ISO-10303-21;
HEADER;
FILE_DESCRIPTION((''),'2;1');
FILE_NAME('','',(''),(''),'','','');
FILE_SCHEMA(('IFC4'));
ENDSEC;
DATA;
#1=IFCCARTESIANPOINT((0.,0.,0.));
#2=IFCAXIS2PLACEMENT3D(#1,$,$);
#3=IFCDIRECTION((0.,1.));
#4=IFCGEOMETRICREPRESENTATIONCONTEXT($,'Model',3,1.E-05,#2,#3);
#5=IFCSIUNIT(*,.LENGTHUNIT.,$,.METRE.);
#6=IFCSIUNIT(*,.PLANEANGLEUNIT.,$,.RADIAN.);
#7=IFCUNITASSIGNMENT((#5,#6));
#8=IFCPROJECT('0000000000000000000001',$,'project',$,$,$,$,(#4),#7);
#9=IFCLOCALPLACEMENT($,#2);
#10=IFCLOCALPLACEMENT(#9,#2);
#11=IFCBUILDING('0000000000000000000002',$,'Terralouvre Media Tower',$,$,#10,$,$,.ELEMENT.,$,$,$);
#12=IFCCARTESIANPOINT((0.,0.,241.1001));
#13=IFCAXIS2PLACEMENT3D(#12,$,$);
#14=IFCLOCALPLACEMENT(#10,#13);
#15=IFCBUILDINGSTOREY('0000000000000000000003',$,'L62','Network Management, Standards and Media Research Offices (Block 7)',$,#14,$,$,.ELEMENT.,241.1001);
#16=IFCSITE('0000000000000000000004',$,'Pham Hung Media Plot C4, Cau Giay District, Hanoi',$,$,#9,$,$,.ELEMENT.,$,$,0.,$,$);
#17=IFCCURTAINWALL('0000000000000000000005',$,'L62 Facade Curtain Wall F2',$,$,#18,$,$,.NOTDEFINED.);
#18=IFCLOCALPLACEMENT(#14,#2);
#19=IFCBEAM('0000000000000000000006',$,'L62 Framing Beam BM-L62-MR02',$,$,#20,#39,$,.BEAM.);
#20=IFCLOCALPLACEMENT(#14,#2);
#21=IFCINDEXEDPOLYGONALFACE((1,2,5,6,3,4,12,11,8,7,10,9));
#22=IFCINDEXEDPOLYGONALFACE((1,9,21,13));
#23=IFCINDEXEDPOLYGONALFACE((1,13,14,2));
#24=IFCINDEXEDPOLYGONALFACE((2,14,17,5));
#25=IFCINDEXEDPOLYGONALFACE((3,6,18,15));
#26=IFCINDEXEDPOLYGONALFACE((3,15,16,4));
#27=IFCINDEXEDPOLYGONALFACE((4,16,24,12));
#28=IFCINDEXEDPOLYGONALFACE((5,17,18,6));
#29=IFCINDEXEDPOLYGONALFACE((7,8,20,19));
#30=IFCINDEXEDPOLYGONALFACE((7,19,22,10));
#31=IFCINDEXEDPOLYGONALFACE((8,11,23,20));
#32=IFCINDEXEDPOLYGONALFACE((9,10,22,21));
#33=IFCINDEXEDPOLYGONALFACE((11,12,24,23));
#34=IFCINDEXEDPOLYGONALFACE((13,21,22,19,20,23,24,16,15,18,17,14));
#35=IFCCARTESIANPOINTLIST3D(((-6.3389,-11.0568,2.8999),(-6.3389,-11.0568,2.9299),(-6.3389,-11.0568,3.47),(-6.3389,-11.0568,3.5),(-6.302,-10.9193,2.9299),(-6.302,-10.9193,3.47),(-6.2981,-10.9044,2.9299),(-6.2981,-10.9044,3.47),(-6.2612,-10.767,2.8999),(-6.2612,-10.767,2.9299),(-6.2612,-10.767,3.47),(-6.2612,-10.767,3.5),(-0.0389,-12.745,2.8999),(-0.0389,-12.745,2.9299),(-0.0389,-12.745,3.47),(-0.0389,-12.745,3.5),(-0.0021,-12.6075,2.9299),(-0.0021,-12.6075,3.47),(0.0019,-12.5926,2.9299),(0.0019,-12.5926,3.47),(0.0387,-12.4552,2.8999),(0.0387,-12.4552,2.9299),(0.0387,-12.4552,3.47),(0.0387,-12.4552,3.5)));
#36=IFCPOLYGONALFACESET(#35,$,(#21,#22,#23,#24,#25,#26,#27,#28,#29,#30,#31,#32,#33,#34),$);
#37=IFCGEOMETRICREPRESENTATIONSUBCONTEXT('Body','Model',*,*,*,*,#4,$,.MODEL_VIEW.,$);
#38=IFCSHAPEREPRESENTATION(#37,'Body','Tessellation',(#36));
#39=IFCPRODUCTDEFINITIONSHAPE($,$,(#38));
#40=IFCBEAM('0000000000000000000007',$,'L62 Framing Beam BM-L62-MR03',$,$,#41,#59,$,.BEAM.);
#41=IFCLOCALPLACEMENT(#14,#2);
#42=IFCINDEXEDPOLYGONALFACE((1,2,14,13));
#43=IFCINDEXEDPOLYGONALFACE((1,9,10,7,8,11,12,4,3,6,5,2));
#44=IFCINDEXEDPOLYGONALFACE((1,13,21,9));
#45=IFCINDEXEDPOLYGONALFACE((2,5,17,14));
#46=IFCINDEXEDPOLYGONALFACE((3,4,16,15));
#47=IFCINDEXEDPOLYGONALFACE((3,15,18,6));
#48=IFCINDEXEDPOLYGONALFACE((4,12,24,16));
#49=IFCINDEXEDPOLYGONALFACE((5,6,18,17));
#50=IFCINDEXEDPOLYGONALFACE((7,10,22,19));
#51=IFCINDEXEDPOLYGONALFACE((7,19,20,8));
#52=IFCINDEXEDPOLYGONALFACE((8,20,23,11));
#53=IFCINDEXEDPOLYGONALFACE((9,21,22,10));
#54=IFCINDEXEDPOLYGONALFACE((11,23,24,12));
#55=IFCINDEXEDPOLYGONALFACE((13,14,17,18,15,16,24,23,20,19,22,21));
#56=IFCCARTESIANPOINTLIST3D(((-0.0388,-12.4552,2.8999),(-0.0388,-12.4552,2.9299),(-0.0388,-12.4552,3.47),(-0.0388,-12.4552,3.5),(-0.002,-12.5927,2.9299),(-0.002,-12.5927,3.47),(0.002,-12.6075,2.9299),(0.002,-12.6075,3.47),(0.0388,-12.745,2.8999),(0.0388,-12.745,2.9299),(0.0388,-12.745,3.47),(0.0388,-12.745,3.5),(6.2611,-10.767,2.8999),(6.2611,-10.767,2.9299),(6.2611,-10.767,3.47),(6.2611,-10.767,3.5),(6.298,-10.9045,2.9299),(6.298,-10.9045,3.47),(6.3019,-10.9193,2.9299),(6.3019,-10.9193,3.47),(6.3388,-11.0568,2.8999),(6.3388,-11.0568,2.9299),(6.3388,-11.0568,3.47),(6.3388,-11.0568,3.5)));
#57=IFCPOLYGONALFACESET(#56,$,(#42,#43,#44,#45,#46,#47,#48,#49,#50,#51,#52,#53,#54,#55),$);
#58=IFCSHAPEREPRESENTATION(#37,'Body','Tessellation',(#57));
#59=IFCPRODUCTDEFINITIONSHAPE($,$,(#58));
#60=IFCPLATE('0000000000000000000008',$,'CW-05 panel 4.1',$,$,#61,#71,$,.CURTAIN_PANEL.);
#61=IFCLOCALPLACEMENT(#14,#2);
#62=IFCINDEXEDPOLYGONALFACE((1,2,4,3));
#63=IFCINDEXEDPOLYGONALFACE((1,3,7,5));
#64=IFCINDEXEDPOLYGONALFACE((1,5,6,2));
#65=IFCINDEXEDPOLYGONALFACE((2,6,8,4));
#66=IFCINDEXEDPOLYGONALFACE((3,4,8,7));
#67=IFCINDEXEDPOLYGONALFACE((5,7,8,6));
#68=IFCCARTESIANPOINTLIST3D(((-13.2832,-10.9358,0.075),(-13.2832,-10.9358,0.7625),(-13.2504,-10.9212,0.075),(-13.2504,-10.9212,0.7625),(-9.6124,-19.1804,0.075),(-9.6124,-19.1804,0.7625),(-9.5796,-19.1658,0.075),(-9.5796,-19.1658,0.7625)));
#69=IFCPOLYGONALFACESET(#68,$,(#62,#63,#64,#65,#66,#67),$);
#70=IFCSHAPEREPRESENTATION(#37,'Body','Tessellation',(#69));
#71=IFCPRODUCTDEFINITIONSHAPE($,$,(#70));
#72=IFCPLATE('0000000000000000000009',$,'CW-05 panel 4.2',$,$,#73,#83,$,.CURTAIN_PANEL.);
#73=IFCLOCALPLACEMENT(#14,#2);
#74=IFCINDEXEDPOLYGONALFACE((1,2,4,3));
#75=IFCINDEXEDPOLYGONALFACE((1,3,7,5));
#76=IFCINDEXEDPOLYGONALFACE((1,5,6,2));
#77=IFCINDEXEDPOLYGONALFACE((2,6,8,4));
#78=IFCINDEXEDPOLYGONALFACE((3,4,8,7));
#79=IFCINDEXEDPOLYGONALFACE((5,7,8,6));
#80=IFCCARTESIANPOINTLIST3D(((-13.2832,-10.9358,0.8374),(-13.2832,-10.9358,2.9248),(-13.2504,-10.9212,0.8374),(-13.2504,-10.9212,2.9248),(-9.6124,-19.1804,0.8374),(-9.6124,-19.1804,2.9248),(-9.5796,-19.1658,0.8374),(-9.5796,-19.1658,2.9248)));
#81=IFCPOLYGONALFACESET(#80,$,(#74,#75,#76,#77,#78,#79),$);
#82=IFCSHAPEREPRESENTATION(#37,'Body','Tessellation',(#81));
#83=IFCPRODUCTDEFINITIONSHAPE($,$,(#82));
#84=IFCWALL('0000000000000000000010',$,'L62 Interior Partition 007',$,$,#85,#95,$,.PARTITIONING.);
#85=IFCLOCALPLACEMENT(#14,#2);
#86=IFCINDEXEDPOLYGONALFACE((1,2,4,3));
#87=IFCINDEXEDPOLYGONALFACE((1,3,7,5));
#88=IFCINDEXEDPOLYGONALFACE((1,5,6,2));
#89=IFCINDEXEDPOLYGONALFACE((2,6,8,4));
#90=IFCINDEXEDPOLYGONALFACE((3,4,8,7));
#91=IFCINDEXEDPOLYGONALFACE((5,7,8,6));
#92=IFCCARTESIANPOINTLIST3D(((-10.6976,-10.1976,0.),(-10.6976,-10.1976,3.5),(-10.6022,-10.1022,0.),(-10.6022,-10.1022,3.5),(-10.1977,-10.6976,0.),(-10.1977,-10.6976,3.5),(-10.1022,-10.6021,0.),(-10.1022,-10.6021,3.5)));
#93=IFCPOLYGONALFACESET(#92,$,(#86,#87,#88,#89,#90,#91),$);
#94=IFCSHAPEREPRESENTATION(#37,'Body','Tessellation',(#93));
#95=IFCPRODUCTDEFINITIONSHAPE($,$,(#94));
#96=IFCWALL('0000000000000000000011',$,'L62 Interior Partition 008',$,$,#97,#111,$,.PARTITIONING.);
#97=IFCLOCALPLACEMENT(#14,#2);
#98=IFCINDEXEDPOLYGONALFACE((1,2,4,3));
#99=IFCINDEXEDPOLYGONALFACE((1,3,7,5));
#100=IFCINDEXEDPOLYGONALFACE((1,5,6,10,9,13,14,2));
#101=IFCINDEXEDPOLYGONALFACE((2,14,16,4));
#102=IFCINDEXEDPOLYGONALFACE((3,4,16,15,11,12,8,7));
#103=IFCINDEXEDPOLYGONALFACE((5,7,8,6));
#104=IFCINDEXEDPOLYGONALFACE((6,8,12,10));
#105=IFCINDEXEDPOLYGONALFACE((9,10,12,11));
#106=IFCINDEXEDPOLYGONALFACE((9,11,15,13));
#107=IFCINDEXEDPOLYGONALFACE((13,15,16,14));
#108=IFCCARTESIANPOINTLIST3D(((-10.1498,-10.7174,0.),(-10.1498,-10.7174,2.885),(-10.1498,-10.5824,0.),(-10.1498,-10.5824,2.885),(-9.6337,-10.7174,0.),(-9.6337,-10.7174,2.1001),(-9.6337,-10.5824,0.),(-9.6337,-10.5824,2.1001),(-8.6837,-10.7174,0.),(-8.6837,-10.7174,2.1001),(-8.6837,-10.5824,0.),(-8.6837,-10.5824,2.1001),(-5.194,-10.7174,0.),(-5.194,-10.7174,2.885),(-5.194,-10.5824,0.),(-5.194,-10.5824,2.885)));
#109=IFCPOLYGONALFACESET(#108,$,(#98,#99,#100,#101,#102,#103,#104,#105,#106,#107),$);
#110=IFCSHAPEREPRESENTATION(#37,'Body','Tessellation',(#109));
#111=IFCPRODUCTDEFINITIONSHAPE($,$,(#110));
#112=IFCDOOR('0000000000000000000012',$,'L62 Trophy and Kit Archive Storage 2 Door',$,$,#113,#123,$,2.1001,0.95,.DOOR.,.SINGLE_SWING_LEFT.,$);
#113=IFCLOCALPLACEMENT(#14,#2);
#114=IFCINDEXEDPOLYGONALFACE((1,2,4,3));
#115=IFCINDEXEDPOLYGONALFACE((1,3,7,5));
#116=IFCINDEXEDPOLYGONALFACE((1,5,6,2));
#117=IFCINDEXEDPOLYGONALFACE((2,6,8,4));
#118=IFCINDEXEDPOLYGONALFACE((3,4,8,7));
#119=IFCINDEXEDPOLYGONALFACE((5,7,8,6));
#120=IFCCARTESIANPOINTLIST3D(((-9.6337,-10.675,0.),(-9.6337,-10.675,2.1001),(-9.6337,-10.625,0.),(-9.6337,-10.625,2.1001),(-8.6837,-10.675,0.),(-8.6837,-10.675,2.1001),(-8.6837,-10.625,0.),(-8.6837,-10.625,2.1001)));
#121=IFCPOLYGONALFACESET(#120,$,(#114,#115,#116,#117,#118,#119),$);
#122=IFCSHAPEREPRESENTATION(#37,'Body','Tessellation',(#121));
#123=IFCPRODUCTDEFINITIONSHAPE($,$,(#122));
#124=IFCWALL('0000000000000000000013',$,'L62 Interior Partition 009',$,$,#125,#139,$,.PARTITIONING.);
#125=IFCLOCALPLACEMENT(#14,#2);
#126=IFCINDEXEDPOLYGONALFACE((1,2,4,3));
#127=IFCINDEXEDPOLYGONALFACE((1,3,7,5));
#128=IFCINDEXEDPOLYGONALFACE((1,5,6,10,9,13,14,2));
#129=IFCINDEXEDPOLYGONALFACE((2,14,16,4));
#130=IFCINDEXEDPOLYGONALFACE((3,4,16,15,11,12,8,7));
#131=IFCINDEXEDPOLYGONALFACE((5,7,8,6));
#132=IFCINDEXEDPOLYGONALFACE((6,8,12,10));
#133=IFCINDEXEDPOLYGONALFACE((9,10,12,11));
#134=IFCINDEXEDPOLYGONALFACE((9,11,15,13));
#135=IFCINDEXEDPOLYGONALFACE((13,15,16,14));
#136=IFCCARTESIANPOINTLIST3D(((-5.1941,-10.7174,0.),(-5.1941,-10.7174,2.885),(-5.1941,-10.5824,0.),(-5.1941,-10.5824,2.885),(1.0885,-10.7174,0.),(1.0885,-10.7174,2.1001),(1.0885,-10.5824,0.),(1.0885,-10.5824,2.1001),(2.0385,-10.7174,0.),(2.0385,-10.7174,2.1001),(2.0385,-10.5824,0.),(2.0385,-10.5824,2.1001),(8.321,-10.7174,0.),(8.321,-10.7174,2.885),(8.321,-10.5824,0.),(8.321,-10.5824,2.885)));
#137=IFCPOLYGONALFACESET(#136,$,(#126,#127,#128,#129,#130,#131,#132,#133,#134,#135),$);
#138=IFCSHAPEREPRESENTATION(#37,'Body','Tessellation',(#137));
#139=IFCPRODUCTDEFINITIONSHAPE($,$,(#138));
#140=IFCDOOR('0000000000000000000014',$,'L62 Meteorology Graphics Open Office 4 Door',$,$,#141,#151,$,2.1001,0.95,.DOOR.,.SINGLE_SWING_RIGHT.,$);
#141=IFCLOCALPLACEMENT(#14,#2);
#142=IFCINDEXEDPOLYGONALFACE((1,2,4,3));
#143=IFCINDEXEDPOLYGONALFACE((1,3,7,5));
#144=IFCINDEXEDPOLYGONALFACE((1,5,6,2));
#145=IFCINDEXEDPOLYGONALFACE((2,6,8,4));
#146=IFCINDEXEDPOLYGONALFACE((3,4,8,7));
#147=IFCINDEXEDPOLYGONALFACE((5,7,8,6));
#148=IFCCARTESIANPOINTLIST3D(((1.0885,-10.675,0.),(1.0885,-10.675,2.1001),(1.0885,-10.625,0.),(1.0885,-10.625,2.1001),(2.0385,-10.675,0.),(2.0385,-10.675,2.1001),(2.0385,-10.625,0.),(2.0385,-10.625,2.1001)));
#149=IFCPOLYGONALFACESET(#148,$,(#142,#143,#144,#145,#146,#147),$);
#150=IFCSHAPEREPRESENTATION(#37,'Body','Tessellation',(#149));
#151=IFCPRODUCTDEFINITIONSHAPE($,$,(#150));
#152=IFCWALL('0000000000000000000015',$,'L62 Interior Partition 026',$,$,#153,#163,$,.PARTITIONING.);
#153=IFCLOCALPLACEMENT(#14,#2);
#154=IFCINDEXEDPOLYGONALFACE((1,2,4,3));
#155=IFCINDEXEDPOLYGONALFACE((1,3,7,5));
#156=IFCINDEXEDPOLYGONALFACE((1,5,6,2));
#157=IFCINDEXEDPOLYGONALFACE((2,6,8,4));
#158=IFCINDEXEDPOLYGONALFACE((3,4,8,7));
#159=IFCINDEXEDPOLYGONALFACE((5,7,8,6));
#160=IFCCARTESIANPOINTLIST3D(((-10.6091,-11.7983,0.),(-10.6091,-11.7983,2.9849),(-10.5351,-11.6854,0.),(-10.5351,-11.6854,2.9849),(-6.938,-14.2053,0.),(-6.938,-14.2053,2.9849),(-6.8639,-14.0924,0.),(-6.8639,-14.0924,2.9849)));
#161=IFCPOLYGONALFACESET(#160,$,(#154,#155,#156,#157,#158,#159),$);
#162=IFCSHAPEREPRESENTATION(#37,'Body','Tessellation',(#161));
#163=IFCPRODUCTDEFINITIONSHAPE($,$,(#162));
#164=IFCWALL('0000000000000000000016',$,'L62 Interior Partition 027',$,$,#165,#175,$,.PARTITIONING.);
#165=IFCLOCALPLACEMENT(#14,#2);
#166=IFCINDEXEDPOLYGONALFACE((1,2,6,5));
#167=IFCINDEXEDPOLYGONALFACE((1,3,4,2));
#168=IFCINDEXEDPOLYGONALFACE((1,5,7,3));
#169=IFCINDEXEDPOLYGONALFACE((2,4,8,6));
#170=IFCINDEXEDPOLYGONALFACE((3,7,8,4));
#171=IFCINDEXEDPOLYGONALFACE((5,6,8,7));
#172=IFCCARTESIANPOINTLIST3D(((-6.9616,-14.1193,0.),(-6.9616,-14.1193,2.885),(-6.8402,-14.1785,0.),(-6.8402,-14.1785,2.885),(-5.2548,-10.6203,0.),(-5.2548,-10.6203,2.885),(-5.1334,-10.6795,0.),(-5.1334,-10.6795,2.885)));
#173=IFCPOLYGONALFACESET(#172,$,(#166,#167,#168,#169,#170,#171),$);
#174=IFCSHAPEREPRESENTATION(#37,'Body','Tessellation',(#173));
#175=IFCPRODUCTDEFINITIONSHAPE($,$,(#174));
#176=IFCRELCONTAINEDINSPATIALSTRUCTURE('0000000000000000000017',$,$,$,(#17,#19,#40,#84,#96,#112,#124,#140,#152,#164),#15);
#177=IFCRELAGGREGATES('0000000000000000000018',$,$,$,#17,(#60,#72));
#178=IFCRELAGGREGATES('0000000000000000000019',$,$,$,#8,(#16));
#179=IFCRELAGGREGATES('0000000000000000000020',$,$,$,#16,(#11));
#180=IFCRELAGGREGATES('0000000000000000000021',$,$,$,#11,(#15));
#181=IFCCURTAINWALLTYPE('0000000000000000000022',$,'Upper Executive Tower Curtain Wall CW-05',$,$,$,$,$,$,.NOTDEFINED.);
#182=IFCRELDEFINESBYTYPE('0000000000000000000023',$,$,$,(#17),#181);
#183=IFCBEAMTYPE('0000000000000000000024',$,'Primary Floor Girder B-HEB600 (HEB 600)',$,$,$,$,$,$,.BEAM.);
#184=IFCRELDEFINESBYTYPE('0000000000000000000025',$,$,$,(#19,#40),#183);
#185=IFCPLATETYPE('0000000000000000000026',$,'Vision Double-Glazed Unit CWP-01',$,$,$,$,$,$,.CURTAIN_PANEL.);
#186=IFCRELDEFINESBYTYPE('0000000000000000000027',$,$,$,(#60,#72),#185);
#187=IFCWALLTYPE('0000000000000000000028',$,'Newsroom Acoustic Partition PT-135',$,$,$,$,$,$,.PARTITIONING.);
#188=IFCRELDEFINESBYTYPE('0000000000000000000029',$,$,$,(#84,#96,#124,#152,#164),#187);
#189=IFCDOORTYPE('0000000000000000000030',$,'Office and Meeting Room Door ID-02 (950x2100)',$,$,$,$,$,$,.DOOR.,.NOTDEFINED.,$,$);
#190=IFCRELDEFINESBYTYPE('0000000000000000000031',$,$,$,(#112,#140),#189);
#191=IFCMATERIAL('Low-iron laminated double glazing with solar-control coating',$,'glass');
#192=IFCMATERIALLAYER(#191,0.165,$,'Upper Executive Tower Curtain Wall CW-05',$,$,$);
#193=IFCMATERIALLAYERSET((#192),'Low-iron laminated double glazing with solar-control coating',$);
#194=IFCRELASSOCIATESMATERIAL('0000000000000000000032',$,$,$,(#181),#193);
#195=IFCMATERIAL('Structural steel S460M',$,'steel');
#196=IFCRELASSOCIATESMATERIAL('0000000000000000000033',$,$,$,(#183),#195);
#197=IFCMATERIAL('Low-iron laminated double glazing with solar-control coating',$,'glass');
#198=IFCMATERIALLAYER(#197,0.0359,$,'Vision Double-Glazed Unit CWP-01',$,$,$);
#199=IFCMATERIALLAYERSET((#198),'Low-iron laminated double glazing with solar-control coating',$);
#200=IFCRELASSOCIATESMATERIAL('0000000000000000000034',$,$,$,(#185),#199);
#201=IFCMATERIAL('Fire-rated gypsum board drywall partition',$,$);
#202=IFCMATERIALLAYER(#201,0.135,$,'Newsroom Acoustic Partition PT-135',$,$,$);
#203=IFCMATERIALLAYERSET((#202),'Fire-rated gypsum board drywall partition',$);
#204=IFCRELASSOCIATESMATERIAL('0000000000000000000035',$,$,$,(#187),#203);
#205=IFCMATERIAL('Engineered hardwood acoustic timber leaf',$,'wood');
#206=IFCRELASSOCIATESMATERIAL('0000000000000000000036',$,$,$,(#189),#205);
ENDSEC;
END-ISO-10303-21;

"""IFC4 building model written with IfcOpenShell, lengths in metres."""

from ifc_helpers import new_model, si_unit, direction, frame, frame_2d, origin, origin_2d, place, context, subcontext, project, spatial, rectangle, i_section, extrude, material, layer, layer_set, material_profile, profile_set, type_object, element, fill, aggregate, save


model = new_model("IFC4")

# Units and contexts
model_context = context("Model", 3, precision=1e-05, world=origin(), true_north=direction((0.0, 1.0)))
body_context = subcontext(model_context, "Body", "Model", "MODEL_VIEW")
ifc_project = project(units=[si_unit("LENGTHUNIT", "METRE"), si_unit("PLANEANGLEUNIT", "RADIAN")], contexts=[model_context])

# Site, building, storey
site_placement = place(None, origin())
site = spatial("IfcSite", under=ifc_project, at=site_placement, Name="Pham Hung Media Plot C4, Cau Giay District, Hanoi", CompositionType="ELEMENT", RefElevation=0.0)
building_placement = place(site_placement, origin())
building = spatial("IfcBuilding", under=site, at=building_placement, Name="Terralouvre Media Tower", CompositionType="ELEMENT")
storey_placement = place(building_placement, frame((0.0, 0.0, 241.1001)))
storey = spatial("IfcBuildingStorey", under=building, at=storey_placement, Name="L62", Description="Network Management, Standards and Media Research Offices (Block 7)", CompositionType="ELEMENT", Elevation=241.1001)

# Curtain wall
ifc_material_1 = material(Name="Low-iron laminated double glazing with solar-control coating", Category="glass")
ifc_layer_1 = layer(ifc_material_1, 0.165, Name="Upper Executive Tower Curtain Wall CW-05")
ifc_layer_set_1 = layer_set([ifc_layer_1], Name="Low-iron laminated double glazing with solar-control coating")
curtain_wall_type = type_object("IfcCurtainWallType", Name="Upper Executive Tower Curtain Wall CW-05", PredefinedType="NOTDEFINED", material=ifc_layer_set_1)
curtain_wall_placement = place(storey_placement, origin())
curtain_wall = element("IfcCurtainWall", 1, at=curtain_wall_placement, inside=storey, type_object=curtain_wall_type, Name="L62 Facade Curtain Wall F2", PredefinedType="NOTDEFINED")

# Beams
ifc_material_2 = material(Name="Structural steel S460M", Category="steel")
ifc_material_profile_1 = material_profile(ifc_material_2, i_section(OverallWidth=0.3, OverallDepth=0.6001, WebThickness=0.0154, FlangeThickness=0.03, at=origin_2d()), Name="HEB 600")
ifc_profile_set_1 = profile_set([ifc_material_profile_1], Name="Structural steel S460M")
beam_type_1 = type_object("IfcBeamType", Name="Primary Floor Girder B-HEB600 (HEB 600)", PredefinedType="BEAM", material=ifc_profile_set_1)
for number, where, z_axis, x_axis, name in (
    (2, (-6.3, -10.9119, 3.2), (0.96592, -0.258839, 0.0), (0.258839, 0.96592, 0.0), "L62 Framing Beam BM-L62-MR02"),
    (3, (0.0, -12.6001, 3.2), (0.96592, 0.258839, 0.0), (-0.258839, 0.96592, 0.0), "L62 Framing Beam BM-L62-MR03"),
):
    element("IfcBeam", number, at=place(storey_placement, frame(where, z_axis=z_axis, x_axis=x_axis)), inside=storey, type_object=beam_type_1, Name=name, PredefinedType="BEAM", context=body_context, shape_type="SweptSolid", body=[
        extrude(i_section(OverallWidth=0.3, OverallDepth=0.6001, WebThickness=0.0154, FlangeThickness=0.03, at=origin_2d()), origin(), (0.0, 0.0, 1.0), 6.5222),
    ])

# Plates
ifc_material_3 = material(Name="Low-iron laminated double glazing with solar-control coating", Category="glass")
ifc_layer_2 = layer(ifc_material_3, 0.0359, Name="Vision Double-Glazed Unit CWP-01")
ifc_layer_set_2 = layer_set([ifc_layer_2], Name="Low-iron laminated double glazing with solar-control coating")
plate_type = type_object("IfcPlateType", Name="Vision Double-Glazed Unit CWP-01", PredefinedType="CURTAIN_PANEL", material=ifc_layer_set_2)
plate_1_placement = place(storey_placement, frame((-11.4314, -15.0508, 0.075), z_axis=(0.0, 0.0, 1.0), x_axis=(0.406737, -0.913545, 0.0)))
plate_1 = element("IfcPlate", 4, at=plate_1_placement, type_object=plate_type, Name="CW-05 panel 4.1", PredefinedType="CURTAIN_PANEL", context=body_context, shape_type="SweptSolid", body=[
    extrude(rectangle(XDim=9.0249, YDim=0.0359, at=origin_2d()), origin(), (0.0, 0.0, 1.0), 0.6875),
])
plate_2_placement = place(storey_placement, frame((-11.4314, -15.0508, 0.8374), z_axis=(0.0, 0.0, 1.0), x_axis=(0.406737, -0.913545, 0.0)))
plate_2 = element("IfcPlate", 5, at=plate_2_placement, type_object=plate_type, Name="CW-05 panel 4.2", PredefinedType="CURTAIN_PANEL", context=body_context, shape_type="SweptSolid", body=[
    extrude(rectangle(XDim=9.0249, YDim=0.0359, at=origin_2d()), origin(), (0.0, 0.0, 1.0), 2.0874),
])
aggregate(curtain_wall, [plate_1, plate_2])

# Wall
ifc_material_4 = material(Name="Fire-rated gypsum board drywall partition")
ifc_layer_3 = layer(ifc_material_4, 0.135, Name="Newsroom Acoustic Partition PT-135")
ifc_layer_set_3 = layer_set([ifc_layer_3], Name="Fire-rated gypsum board drywall partition")
wall_type = type_object("IfcWallType", Name="Newsroom Acoustic Partition PT-135", PredefinedType="PARTITIONING", material=ifc_layer_set_3)
wall_1_placement = place(storey_placement, frame((-10.6499, -10.1499, 0.0), z_axis=(0.0, 0.0, 1.0), x_axis=(0.707107, -0.707107, 0.0)))
element("IfcWall", 6, at=wall_1_placement, inside=storey, type_object=wall_type, Name="L62 Interior Partition 007", PredefinedType="PARTITIONING", context=body_context, shape_type="SweptSolid", body=[
    extrude(rectangle(XDim=0.707, YDim=0.135, at=frame_2d((0.3535, 0.0))), origin(), (0.0, 0.0, 1.0), 3.5),
])

# Walls, openings, doors
wall_2_placement = place(storey_placement, frame((-10.1499, -10.6499, 0.0), z_axis=(0.0, 0.0, 1.0), x_axis=(1.0, 0.0, 0.0)))
wall_2 = element("IfcWall", 7, at=wall_2_placement, inside=storey, type_object=wall_type, Name="L62 Interior Partition 008", PredefinedType="PARTITIONING", context=body_context, shape_type="SweptSolid", body=[
    extrude(rectangle(XDim=4.9558, YDim=0.135, at=frame_2d((2.478, 0.0))), origin(), (0.0, 0.0, 1.0), 2.885),
])
opening_1_placement = place(wall_2_placement, frame((0.5161, 0.0, 0.0)))
opening_1 = element("IfcOpeningElement", 8, at=opening_1_placement, cuts=wall_2, PredefinedType="OPENING", context=body_context, shape_type="SweptSolid", body=[
    extrude(rectangle(XDim=0.95, YDim=2.1001, at=frame_2d((0.4751, 1.05))), frame((0.0, 0.0774, 0.0), z_axis=(0.0, -1.0, 0.0), x_axis=(1.0, 0.0, 0.0)), (0.0, 0.0, 1.0), 0.155),
])
ifc_material_5 = material(Name="Engineered hardwood acoustic timber leaf", Category="wood")
door_type = type_object("IfcDoorType", Name="Office and Meeting Room Door ID-02 (950x2100)", OperationType="NOTDEFINED", PredefinedType="DOOR", material=ifc_material_5)
door_1_placement = place(opening_1_placement, origin())
door_1 = element("IfcDoor", 9, at=door_1_placement, inside=storey, type_object=door_type, Name="L62 Trophy and Kit Archive Storage 2 Door", OperationType="SINGLE_SWING_LEFT", OverallHeight=2.1001, OverallWidth=0.95, PredefinedType="DOOR", context=body_context, shape_type="SweptSolid", body=[
    extrude(rectangle(XDim=0.95, YDim=2.1001, at=frame_2d((0.4751, 1.05))), frame((0.0, 0.0249, 0.0), z_axis=(0.0, -1.0, 0.0), x_axis=(1.0, 0.0, 0.0)), (0.0, 0.0, 1.0), 0.05),
])
fill(opening_1, door_1)
wall_3_placement = place(storey_placement, frame((-5.1941, -10.6499, 0.0), z_axis=(0.0, 0.0, 1.0), x_axis=(1.0, 0.0, 0.0)))
wall_3 = element("IfcWall", 10, at=wall_3_placement, inside=storey, type_object=wall_type, Name="L62 Interior Partition 009", PredefinedType="PARTITIONING", context=body_context, shape_type="SweptSolid", body=[
    extrude(rectangle(XDim=13.5151, YDim=0.135, at=frame_2d((6.7576, 0.0))), origin(), (0.0, 0.0, 1.0), 2.885),
])
opening_2_placement = place(wall_3_placement, frame((6.2825, 0.0, 0.0)))
opening_2 = element("IfcOpeningElement", 11, at=opening_2_placement, cuts=wall_3, PredefinedType="OPENING", context=body_context, shape_type="SweptSolid", body=[
    extrude(rectangle(XDim=0.95, YDim=2.1001, at=frame_2d((0.4751, 1.05))), frame((0.0, 0.0774, 0.0), z_axis=(0.0, -1.0, 0.0), x_axis=(1.0, 0.0, 0.0)), (0.0, 0.0, 1.0), 0.155),
])
door_2_placement = place(opening_2_placement, origin())
door_2 = element("IfcDoor", 12, at=door_2_placement, inside=storey, type_object=door_type, Name="L62 Meteorology Graphics Open Office 4 Door", OperationType="SINGLE_SWING_RIGHT", OverallHeight=2.1001, OverallWidth=0.95, PredefinedType="DOOR", context=body_context, shape_type="SweptSolid", body=[
    extrude(rectangle(XDim=0.95, YDim=2.1001, at=frame_2d((0.4751, 1.05))), frame((0.0, 0.0249, 0.0), z_axis=(0.0, -1.0, 0.0), x_axis=(1.0, 0.0, 0.0)), (0.0, 0.0, 1.0), 0.05),
])
fill(opening_2, door_2)

# Walls
wall_4_placement = place(storey_placement, frame((-10.572, -11.7419, 0.0), z_axis=(0.0, 0.0, 1.0), x_axis=(0.836278, -0.548305, 0.0)))
element("IfcWall", 13, at=wall_4_placement, inside=storey, type_object=wall_type, Name="L62 Interior Partition 026", PredefinedType="PARTITIONING", context=body_context, shape_type="SweptSolid", body=[
    extrude(rectangle(XDim=4.3899, YDim=0.135, at=frame_2d((2.1948, 0.0))), origin(), (0.0, 0.0, 1.0), 2.9849),
])
wall_5_placement = place(storey_placement, frame((-6.9009, -14.1489, 0.0), z_axis=(0.0, 0.0, 1.0), x_axis=(0.438413, 0.898774, 0.0)))
element("IfcWall", 14, at=wall_5_placement, inside=storey, type_object=wall_type, Name="L62 Interior Partition 027", PredefinedType="PARTITIONING", context=body_context, shape_type="SweptSolid", body=[
    extrude(rectangle(XDim=3.8931, YDim=0.135, at=frame_2d((1.9465, 0.0))), origin(), (0.0, 0.0, 1.0), 2.885),
])

save(model, "model.ifc")
